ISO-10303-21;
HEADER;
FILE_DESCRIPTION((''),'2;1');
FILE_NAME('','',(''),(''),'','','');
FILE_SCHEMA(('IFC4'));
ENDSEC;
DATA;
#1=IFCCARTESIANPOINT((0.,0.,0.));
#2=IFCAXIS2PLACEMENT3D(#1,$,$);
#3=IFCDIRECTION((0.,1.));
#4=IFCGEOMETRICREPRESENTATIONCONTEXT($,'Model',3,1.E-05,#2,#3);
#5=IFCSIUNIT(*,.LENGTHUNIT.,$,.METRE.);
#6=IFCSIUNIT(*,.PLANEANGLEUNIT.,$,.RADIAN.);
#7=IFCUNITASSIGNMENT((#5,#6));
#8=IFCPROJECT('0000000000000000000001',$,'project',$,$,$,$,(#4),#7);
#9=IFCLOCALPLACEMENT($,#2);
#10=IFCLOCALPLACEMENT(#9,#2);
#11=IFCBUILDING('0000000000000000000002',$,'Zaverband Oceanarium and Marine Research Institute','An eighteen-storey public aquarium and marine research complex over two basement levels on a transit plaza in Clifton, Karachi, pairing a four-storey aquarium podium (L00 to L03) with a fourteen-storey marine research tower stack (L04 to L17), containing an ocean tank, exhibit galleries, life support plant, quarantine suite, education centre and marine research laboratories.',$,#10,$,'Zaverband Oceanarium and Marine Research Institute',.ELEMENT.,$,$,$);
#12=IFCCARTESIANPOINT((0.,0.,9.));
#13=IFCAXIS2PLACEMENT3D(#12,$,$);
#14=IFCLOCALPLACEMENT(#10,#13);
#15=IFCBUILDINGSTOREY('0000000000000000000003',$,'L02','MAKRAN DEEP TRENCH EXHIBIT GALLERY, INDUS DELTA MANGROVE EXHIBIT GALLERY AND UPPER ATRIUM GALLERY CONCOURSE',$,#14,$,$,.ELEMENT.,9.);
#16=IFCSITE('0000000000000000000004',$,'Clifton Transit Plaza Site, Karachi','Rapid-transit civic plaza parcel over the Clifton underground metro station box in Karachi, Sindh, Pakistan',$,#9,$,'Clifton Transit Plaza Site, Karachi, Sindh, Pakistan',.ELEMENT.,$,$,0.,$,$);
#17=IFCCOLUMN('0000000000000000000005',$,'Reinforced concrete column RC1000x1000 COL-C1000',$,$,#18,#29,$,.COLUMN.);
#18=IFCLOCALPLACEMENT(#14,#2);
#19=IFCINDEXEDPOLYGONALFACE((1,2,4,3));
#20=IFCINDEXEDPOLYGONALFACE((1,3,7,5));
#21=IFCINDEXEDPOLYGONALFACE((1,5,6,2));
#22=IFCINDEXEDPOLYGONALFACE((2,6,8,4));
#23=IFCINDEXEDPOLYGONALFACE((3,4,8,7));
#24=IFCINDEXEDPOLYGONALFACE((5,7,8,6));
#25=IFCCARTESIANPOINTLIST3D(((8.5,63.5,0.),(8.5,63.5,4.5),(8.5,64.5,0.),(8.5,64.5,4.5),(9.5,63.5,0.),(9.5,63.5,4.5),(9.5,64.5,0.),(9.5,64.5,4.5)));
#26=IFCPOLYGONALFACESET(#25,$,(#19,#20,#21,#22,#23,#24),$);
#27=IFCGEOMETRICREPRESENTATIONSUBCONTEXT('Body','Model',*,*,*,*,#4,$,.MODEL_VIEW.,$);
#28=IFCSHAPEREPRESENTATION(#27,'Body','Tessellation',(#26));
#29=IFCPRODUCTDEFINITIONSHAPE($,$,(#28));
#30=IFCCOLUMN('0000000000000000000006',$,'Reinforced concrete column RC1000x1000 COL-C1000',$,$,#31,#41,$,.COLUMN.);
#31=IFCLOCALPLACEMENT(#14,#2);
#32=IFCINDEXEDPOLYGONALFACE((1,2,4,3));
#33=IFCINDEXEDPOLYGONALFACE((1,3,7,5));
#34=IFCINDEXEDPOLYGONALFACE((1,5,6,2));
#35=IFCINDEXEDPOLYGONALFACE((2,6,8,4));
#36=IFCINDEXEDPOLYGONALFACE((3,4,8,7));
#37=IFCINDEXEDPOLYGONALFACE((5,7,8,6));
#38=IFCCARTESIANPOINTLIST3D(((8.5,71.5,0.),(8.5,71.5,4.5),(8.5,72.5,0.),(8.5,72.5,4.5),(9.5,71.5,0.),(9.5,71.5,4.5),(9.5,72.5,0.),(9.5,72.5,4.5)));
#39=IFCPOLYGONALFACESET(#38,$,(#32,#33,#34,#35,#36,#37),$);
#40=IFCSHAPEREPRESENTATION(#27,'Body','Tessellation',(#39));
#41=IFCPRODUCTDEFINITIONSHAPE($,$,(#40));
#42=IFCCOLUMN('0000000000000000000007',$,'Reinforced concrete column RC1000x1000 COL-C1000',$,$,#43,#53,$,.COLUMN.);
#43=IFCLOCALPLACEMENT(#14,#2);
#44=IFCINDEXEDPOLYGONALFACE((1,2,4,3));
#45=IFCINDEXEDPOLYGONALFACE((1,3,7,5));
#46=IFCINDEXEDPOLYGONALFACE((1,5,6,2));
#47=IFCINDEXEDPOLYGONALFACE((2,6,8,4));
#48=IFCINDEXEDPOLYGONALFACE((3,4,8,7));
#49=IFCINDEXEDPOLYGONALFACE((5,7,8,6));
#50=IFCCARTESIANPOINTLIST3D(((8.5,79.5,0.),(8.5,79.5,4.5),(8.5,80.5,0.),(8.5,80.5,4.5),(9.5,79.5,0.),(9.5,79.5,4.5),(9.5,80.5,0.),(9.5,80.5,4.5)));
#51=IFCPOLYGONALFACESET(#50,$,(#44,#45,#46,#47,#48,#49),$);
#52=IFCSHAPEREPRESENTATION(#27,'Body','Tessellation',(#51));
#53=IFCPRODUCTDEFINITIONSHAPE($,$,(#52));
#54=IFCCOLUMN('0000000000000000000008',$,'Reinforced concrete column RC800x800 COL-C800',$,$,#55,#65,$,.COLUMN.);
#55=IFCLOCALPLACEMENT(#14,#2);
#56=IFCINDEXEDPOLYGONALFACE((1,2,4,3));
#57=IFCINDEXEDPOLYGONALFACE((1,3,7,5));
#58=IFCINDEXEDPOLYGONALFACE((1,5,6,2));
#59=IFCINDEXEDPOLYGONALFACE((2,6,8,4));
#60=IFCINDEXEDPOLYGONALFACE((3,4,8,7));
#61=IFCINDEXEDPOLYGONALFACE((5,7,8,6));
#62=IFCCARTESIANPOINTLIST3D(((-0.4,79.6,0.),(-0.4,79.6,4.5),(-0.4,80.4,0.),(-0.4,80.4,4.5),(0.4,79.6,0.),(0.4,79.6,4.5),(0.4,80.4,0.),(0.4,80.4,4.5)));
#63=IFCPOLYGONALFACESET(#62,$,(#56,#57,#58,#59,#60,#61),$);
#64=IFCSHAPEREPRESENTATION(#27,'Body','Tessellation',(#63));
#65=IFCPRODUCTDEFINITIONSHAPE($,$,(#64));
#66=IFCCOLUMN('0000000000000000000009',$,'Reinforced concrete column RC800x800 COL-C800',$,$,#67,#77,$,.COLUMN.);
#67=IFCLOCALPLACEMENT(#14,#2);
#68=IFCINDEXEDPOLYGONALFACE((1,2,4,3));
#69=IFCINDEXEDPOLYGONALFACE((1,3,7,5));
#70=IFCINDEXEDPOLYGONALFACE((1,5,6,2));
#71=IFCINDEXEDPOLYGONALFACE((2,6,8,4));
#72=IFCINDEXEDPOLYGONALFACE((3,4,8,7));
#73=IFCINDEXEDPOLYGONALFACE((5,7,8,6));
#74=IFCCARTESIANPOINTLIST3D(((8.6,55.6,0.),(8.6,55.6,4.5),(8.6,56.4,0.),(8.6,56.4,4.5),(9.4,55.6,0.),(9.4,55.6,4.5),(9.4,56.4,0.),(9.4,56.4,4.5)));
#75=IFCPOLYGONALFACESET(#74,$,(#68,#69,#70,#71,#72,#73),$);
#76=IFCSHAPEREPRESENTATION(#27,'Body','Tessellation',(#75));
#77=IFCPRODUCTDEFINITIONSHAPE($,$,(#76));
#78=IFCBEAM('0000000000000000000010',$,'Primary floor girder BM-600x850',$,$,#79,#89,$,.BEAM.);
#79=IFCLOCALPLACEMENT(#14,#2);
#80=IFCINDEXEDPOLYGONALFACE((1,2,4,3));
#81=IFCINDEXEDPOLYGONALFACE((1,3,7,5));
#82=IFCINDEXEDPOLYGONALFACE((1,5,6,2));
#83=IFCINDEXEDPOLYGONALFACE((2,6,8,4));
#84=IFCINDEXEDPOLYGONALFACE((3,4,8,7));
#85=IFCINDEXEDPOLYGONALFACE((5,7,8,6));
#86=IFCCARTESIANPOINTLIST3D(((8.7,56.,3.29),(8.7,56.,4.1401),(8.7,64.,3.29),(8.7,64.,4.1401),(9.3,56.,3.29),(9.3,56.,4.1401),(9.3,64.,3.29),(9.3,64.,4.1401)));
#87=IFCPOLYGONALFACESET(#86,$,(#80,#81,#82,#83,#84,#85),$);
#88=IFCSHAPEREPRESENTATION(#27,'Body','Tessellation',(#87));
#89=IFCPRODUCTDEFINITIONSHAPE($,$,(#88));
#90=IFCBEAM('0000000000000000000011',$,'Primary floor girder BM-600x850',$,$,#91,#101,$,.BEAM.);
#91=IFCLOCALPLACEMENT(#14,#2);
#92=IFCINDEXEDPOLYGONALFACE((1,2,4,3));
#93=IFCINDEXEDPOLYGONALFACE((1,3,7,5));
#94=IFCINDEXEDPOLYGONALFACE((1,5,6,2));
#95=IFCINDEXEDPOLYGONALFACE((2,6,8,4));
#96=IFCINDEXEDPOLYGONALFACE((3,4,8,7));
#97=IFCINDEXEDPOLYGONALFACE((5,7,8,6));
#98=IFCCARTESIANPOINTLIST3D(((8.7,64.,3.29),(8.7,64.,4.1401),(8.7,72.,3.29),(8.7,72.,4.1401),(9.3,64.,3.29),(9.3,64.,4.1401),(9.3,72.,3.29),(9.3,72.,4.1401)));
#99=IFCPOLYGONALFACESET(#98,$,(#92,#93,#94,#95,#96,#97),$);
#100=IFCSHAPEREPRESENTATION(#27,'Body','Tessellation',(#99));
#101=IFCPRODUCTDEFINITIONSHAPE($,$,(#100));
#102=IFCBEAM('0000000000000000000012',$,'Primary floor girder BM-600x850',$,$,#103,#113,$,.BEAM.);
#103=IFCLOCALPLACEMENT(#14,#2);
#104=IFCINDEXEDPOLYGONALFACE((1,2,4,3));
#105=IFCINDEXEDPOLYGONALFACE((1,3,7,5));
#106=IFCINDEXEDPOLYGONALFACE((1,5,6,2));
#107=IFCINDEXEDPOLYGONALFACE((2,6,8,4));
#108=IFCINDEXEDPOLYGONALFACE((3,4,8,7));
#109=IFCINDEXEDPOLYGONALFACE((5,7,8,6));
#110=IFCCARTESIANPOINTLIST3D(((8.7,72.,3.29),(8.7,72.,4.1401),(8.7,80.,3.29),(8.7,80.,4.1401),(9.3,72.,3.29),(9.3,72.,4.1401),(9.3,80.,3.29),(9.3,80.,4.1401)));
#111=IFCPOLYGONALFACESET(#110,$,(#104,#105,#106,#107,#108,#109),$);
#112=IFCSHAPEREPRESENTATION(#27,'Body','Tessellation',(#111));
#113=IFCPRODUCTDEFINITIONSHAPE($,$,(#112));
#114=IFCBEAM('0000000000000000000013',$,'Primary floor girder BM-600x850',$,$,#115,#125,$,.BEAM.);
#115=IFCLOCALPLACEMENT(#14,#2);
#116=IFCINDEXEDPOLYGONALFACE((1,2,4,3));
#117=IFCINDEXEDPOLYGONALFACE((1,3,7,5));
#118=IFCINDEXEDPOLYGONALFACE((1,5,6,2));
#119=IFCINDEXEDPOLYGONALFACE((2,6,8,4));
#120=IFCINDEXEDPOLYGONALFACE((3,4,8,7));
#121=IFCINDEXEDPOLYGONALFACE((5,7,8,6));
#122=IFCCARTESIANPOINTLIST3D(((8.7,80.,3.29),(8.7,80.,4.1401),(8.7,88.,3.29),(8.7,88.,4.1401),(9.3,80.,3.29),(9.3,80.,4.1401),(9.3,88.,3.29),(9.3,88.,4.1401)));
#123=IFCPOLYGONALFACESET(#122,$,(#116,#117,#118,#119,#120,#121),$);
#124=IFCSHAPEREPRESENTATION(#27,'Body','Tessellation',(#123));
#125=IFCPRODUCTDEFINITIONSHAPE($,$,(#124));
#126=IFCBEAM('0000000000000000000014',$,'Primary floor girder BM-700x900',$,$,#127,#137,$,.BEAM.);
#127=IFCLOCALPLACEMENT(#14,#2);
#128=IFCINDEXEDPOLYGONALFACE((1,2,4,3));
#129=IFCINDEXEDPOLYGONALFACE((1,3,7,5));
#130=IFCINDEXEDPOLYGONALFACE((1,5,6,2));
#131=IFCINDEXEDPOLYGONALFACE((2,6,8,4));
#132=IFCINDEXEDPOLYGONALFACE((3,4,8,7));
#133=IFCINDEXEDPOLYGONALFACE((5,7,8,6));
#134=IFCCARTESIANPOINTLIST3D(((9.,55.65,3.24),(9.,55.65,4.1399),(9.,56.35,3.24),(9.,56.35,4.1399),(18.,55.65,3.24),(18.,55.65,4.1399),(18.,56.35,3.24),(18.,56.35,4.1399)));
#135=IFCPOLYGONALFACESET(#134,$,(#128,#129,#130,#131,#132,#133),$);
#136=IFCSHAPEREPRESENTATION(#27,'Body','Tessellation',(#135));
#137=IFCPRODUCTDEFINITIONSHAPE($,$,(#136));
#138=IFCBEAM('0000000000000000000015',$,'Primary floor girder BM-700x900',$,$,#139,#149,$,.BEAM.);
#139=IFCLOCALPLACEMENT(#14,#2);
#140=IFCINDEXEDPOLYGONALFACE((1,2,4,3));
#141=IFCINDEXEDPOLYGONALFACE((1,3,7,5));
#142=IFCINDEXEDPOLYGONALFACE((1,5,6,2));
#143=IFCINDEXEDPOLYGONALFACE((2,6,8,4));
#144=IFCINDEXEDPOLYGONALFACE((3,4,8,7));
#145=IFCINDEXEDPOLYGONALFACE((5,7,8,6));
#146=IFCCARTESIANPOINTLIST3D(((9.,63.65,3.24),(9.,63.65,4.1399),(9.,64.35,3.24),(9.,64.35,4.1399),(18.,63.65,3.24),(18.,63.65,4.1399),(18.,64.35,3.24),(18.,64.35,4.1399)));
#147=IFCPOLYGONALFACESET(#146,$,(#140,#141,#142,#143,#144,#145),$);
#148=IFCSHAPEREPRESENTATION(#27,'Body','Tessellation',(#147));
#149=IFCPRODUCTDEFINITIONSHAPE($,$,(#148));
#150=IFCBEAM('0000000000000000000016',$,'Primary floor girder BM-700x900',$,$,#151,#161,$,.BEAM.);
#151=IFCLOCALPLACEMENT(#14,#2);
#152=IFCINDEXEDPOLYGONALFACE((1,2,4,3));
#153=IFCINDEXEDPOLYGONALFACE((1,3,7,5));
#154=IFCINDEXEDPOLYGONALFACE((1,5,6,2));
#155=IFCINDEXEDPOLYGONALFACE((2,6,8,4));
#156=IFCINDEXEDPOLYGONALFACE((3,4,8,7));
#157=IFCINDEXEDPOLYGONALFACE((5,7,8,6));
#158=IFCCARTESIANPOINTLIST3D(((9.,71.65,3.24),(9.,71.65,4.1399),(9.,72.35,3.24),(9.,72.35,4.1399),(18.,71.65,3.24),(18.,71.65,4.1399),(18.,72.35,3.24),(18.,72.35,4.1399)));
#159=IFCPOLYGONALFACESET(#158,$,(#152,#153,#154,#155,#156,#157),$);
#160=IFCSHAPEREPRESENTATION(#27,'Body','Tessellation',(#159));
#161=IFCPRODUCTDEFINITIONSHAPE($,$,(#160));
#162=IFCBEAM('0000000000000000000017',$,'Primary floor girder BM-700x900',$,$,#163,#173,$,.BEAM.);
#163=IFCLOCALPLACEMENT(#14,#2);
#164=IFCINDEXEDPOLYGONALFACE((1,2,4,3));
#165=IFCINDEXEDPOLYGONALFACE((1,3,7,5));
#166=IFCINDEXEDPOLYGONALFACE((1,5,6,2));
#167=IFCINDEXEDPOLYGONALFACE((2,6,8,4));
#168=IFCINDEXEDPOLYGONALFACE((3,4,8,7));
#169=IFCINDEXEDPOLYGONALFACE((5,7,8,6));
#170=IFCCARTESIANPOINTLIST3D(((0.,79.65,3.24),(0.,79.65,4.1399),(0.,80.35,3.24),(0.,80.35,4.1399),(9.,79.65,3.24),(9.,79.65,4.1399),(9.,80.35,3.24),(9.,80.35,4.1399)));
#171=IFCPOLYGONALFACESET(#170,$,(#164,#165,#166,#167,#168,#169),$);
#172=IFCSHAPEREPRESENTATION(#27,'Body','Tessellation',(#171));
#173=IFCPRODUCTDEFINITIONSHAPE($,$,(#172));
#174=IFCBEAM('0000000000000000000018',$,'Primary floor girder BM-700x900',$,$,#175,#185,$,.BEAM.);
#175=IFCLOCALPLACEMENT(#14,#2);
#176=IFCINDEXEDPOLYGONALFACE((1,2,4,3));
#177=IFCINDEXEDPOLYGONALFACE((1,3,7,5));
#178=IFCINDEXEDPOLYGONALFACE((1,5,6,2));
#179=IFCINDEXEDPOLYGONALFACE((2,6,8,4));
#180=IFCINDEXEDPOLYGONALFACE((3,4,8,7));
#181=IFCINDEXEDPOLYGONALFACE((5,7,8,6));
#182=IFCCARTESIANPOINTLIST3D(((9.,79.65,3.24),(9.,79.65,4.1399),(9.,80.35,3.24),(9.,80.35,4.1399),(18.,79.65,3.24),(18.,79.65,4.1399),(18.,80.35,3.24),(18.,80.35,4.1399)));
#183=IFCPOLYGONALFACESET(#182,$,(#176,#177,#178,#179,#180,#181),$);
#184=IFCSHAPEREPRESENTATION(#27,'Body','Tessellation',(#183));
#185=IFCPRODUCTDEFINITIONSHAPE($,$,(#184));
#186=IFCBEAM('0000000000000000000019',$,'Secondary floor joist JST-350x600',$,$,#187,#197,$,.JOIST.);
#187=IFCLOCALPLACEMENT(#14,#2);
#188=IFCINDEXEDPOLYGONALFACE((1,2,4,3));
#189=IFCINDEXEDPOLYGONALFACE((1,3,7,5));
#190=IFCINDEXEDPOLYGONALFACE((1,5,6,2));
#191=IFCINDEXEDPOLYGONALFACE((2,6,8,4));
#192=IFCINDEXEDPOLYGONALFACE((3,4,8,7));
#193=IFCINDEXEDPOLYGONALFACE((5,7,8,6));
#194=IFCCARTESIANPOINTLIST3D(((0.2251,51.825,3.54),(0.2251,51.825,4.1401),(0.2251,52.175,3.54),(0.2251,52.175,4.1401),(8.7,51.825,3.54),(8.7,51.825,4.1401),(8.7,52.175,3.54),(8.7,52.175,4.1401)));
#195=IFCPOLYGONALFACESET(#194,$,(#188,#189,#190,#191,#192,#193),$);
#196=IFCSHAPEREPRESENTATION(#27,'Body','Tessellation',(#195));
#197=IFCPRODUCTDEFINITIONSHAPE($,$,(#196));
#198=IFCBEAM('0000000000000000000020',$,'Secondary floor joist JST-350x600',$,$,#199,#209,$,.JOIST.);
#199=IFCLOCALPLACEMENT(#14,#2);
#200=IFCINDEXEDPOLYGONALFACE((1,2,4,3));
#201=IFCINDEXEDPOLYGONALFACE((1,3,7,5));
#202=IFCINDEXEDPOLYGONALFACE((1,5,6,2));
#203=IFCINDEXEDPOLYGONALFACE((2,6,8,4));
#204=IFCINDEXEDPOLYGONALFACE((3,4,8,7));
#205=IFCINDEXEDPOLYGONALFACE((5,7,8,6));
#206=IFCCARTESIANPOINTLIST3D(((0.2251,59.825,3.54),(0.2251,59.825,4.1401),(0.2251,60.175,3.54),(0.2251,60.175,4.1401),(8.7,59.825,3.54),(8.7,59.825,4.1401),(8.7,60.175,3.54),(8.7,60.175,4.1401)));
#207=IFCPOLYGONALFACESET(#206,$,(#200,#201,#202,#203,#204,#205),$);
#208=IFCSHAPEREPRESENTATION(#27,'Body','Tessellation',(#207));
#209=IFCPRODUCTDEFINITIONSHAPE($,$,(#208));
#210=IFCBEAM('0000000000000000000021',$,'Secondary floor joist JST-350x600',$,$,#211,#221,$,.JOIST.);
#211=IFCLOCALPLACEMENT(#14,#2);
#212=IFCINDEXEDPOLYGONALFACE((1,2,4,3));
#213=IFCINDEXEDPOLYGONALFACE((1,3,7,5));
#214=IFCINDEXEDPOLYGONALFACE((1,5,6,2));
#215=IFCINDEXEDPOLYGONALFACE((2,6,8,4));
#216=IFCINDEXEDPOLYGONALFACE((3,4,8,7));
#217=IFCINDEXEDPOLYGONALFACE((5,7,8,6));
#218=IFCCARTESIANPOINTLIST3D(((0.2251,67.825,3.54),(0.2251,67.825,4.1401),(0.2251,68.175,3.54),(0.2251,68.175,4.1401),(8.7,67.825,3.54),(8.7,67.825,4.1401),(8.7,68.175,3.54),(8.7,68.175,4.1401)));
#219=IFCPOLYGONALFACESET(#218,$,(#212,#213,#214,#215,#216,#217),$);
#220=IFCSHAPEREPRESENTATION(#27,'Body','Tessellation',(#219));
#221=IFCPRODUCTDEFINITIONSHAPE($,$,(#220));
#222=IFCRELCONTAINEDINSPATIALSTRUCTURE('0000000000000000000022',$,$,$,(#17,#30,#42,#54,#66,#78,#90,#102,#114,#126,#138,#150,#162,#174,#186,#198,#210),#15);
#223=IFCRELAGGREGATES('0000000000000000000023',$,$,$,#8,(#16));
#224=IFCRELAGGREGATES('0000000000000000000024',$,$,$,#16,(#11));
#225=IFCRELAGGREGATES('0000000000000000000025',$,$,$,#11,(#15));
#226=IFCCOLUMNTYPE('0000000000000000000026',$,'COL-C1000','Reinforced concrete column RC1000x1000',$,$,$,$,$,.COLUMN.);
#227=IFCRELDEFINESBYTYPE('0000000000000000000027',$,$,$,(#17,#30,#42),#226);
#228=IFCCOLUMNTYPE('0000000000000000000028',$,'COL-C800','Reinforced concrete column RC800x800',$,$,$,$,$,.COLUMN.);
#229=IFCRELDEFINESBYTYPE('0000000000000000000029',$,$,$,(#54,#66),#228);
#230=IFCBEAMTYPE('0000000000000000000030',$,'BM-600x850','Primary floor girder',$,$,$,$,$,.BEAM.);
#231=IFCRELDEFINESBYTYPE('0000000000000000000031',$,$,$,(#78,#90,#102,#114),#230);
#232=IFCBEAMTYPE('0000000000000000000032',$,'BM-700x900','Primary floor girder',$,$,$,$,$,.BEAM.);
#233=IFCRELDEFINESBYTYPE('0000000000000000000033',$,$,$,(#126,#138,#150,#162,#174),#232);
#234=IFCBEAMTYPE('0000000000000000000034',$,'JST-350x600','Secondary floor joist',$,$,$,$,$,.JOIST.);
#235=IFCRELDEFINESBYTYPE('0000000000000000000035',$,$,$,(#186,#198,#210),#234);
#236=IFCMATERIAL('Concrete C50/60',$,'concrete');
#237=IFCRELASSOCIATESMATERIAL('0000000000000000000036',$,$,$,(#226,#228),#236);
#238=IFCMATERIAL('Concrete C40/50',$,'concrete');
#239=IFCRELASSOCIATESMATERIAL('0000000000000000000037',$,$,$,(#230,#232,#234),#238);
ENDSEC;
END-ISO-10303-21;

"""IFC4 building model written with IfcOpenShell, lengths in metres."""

from ifc_helpers import new_model, si_unit, direction, frame, origin, origin_2d, place, context, subcontext, project, spatial, rectangle, extrude, material, material_profile, profile_set, type_object, element, save


model = new_model("IFC4")

# Units and contexts
model_context = context("Model", 3, precision=1e-05, world=origin(), true_north=direction((0.0, 1.0)))
body_context = subcontext(model_context, "Body", "Model", "MODEL_VIEW")
ifc_project = project(units=[si_unit("LENGTHUNIT", "METRE"), si_unit("PLANEANGLEUNIT", "RADIAN")], contexts=[model_context])

# Site, building, storey
site_placement = place(None, origin())
site = spatial("IfcSite", under=ifc_project, at=site_placement, Name="Clifton Transit Plaza Site, Karachi", Description="Rapid-transit civic plaza parcel over the Clifton underground metro station box in Karachi, Sindh, Pakistan", LongName="Clifton Transit Plaza Site, Karachi, Sindh, Pakistan", CompositionType="ELEMENT", RefElevation=0.0)
building_placement = place(site_placement, origin())
building = spatial("IfcBuilding", under=site, at=building_placement, Name="Zaverband Oceanarium and Marine Research Institute", Description="An eighteen-storey public aquarium and marine research complex over two basement levels on a transit plaza in Clifton, Karachi, pairing a four-storey aquarium podium (L00 to L03) with a fourteen-storey marine research tower stack (L04 to L17), containing an ocean tank, exhibit galleries, life support plant, quarantine suite, education centre and marine research laboratories.", LongName="Zaverband Oceanarium and Marine Research Institute", CompositionType="ELEMENT")
storey_placement = place(building_placement, frame((0.0, 0.0, 9.0)))
storey = spatial("IfcBuildingStorey", under=building, at=storey_placement, Name="L02", Description="MAKRAN DEEP TRENCH EXHIBIT GALLERY, INDUS DELTA MANGROVE EXHIBIT GALLERY AND UPPER ATRIUM GALLERY CONCOURSE", CompositionType="ELEMENT", Elevation=9.0)

# Columns
ifc_material_1 = material(Name="Concrete C50/60", Category="concrete")
ifc_material_profile_1 = material_profile(ifc_material_1, rectangle(XDim=1.0, YDim=1.0, at=origin_2d()), Name="RC1000x1000")
ifc_profile_set_1 = profile_set([ifc_material_profile_1], Name="Concrete C50/60")
column_type_1 = type_object("IfcColumnType", Name="COL-C1000", Description="Reinforced concrete column RC1000x1000", PredefinedType="COLUMN", material=ifc_profile_set_1)
for number, where, z_axis, x_axis, name in (
    (1, (9.0, 64.0, 0.0), (0.0, 0.0, 1.0), (1.0, 0.0, 0.0), "Reinforced concrete column RC1000x1000 COL-C1000"),
    (2, (9.0, 72.0, 0.0), (0.0, 0.0, 1.0), (1.0, 0.0, 0.0), "Reinforced concrete column RC1000x1000 COL-C1000"),
    (3, (9.0, 80.0, 0.0), (0.0, 0.0, 1.0), (1.0, 0.0, 0.0), "Reinforced concrete column RC1000x1000 COL-C1000"),
):
    element("IfcColumn", number, at=place(storey_placement, frame(where, z_axis=z_axis, x_axis=x_axis)), inside=storey, type_object=column_type_1, Name=name, PredefinedType="COLUMN", context=body_context, shape_type="SweptSolid", body=[
        extrude(rectangle(XDim=1.0, YDim=1.0, at=origin_2d()), origin(), (0.0, 0.0, 1.0), 4.5),
    ])
ifc_material_profile_2 = material_profile(ifc_material_1, rectangle(XDim=0.8, YDim=0.8, at=origin_2d()), Name="RC800x800")
ifc_profile_set_2 = profile_set([ifc_material_profile_2], Name="Concrete C50/60")
column_type_2 = type_object("IfcColumnType", Name="COL-C800", Description="Reinforced concrete column RC800x800", PredefinedType="COLUMN", material=ifc_profile_set_2)
for number, where, z_axis, x_axis, name in (
    (4, (0.0, 80.0, 0.0), (0.0, 0.0, 1.0), (1.0, 0.0, 0.0), "Reinforced concrete column RC800x800 COL-C800"),
    (5, (9.0, 56.0, 0.0), (0.0, 0.0, 1.0), (1.0, 0.0, 0.0), "Reinforced concrete column RC800x800 COL-C800"),
):
    element("IfcColumn", number, at=place(storey_placement, frame(where, z_axis=z_axis, x_axis=x_axis)), inside=storey, type_object=column_type_2, Name=name, PredefinedType="COLUMN", context=body_context, shape_type="SweptSolid", body=[
        extrude(rectangle(XDim=0.8, YDim=0.8, at=origin_2d()), origin(), (0.0, 0.0, 1.0), 4.5),
    ])

# Beams
ifc_material_2 = material(Name="Concrete C40/50", Category="concrete")
ifc_material_profile_3 = material_profile(ifc_material_2, rectangle(XDim=0.6001, YDim=0.8501, at=origin_2d()), Name="RC600x850")
ifc_profile_set_3 = profile_set([ifc_material_profile_3], Name="Concrete C40/50")
beam_type_1 = type_object("IfcBeamType", Name="BM-600x850", Description="Primary floor girder", PredefinedType="BEAM", material=ifc_profile_set_3)
for number, where, z_axis, x_axis, name in (
    (6, (9.0, 56.0, 3.7151), (0.0, 1.0, 0.0), (-1.0, 0.0, 0.0), "Primary floor girder BM-600x850"),
    (7, (9.0, 64.0, 3.7151), (0.0, 1.0, 0.0), (-1.0, 0.0, 0.0), "Primary floor girder BM-600x850"),
    (8, (9.0, 72.0, 3.7151), (0.0, 1.0, 0.0), (-1.0, 0.0, 0.0), "Primary floor girder BM-600x850"),
    (9, (9.0, 80.0, 3.7151), (0.0, 1.0, 0.0), (-1.0, 0.0, 0.0), "Primary floor girder BM-600x850"),
):
    element("IfcBeam", number, at=place(storey_placement, frame(where, z_axis=z_axis, x_axis=x_axis)), inside=storey, type_object=beam_type_1, Name=name, PredefinedType="BEAM", context=body_context, shape_type="SweptSolid", body=[
        extrude(rectangle(XDim=0.6001, YDim=0.8501, at=origin_2d()), origin(), (0.0, 0.0, 1.0), 8.0),
    ])
ifc_material_profile_4 = material_profile(ifc_material_2, rectangle(XDim=0.7, YDim=0.8999, at=origin_2d()), Name="RC700x900")
ifc_profile_set_4 = profile_set([ifc_material_profile_4], Name="Concrete C40/50")
beam_type_2 = type_object("IfcBeamType", Name="BM-700x900", Description="Primary floor girder", PredefinedType="BEAM", material=ifc_profile_set_4)
for number, where, z_axis, x_axis, name in (
    (10, (9.0, 56.0, 3.6899), (1.0, 0.0, 0.0), (0.0, 1.0, 0.0), "Primary floor girder BM-700x900"),
    (11, (9.0, 64.0, 3.6899), (1.0, 0.0, 0.0), (0.0, 1.0, 0.0), "Primary floor girder BM-700x900"),
    (12, (9.0, 72.0, 3.6899), (1.0, 0.0, 0.0), (0.0, 1.0, 0.0), "Primary floor girder BM-700x900"),
    (13, (0.0, 80.0, 3.6899), (1.0, 0.0, 0.0), (0.0, 1.0, 0.0), "Primary floor girder BM-700x900"),
    (14, (9.0, 80.0, 3.6899), (1.0, 0.0, 0.0), (0.0, 1.0, 0.0), "Primary floor girder BM-700x900"),
):
    element("IfcBeam", number, at=place(storey_placement, frame(where, z_axis=z_axis, x_axis=x_axis)), inside=storey, type_object=beam_type_2, Name=name, PredefinedType="BEAM", context=body_context, shape_type="SweptSolid", body=[
        extrude(rectangle(XDim=0.7, YDim=0.8999, at=origin_2d()), origin(), (0.0, 0.0, 1.0), 9.0),
    ])
ifc_material_profile_5 = material_profile(ifc_material_2, rectangle(XDim=0.3501, YDim=0.6001, at=origin_2d()), Name="RC350x600")
ifc_profile_set_5 = profile_set([ifc_material_profile_5], Name="Concrete C40/50")
beam_type_3 = type_object("IfcBeamType", Name="JST-350x600", Description="Secondary floor joist", PredefinedType="JOIST", material=ifc_profile_set_5)
for number, where, z_axis, x_axis, name in (
    (15, (0.2251, 52.0, 3.8401), (1.0, 0.0, 0.0), (0.0, 1.0, 0.0), "Secondary floor joist JST-350x600"),
    (16, (0.2251, 60.0, 3.8401), (1.0, 0.0, 0.0), (0.0, 1.0, 0.0), "Secondary floor joist JST-350x600"),
    (17, (0.2251, 68.0, 3.8401), (1.0, 0.0, 0.0), (0.0, 1.0, 0.0), "Secondary floor joist JST-350x600"),
):
    element("IfcBeam", number, at=place(storey_placement, frame(where, z_axis=z_axis, x_axis=x_axis)), inside=storey, type_object=beam_type_3, Name=name, PredefinedType="JOIST", context=body_context, shape_type="SweptSolid", body=[
        extrude(rectangle(XDim=0.3501, YDim=0.6001, at=origin_2d()), origin(), (0.0, 0.0, 1.0), 8.4749),
    ])

save(model, "model.ifc")
